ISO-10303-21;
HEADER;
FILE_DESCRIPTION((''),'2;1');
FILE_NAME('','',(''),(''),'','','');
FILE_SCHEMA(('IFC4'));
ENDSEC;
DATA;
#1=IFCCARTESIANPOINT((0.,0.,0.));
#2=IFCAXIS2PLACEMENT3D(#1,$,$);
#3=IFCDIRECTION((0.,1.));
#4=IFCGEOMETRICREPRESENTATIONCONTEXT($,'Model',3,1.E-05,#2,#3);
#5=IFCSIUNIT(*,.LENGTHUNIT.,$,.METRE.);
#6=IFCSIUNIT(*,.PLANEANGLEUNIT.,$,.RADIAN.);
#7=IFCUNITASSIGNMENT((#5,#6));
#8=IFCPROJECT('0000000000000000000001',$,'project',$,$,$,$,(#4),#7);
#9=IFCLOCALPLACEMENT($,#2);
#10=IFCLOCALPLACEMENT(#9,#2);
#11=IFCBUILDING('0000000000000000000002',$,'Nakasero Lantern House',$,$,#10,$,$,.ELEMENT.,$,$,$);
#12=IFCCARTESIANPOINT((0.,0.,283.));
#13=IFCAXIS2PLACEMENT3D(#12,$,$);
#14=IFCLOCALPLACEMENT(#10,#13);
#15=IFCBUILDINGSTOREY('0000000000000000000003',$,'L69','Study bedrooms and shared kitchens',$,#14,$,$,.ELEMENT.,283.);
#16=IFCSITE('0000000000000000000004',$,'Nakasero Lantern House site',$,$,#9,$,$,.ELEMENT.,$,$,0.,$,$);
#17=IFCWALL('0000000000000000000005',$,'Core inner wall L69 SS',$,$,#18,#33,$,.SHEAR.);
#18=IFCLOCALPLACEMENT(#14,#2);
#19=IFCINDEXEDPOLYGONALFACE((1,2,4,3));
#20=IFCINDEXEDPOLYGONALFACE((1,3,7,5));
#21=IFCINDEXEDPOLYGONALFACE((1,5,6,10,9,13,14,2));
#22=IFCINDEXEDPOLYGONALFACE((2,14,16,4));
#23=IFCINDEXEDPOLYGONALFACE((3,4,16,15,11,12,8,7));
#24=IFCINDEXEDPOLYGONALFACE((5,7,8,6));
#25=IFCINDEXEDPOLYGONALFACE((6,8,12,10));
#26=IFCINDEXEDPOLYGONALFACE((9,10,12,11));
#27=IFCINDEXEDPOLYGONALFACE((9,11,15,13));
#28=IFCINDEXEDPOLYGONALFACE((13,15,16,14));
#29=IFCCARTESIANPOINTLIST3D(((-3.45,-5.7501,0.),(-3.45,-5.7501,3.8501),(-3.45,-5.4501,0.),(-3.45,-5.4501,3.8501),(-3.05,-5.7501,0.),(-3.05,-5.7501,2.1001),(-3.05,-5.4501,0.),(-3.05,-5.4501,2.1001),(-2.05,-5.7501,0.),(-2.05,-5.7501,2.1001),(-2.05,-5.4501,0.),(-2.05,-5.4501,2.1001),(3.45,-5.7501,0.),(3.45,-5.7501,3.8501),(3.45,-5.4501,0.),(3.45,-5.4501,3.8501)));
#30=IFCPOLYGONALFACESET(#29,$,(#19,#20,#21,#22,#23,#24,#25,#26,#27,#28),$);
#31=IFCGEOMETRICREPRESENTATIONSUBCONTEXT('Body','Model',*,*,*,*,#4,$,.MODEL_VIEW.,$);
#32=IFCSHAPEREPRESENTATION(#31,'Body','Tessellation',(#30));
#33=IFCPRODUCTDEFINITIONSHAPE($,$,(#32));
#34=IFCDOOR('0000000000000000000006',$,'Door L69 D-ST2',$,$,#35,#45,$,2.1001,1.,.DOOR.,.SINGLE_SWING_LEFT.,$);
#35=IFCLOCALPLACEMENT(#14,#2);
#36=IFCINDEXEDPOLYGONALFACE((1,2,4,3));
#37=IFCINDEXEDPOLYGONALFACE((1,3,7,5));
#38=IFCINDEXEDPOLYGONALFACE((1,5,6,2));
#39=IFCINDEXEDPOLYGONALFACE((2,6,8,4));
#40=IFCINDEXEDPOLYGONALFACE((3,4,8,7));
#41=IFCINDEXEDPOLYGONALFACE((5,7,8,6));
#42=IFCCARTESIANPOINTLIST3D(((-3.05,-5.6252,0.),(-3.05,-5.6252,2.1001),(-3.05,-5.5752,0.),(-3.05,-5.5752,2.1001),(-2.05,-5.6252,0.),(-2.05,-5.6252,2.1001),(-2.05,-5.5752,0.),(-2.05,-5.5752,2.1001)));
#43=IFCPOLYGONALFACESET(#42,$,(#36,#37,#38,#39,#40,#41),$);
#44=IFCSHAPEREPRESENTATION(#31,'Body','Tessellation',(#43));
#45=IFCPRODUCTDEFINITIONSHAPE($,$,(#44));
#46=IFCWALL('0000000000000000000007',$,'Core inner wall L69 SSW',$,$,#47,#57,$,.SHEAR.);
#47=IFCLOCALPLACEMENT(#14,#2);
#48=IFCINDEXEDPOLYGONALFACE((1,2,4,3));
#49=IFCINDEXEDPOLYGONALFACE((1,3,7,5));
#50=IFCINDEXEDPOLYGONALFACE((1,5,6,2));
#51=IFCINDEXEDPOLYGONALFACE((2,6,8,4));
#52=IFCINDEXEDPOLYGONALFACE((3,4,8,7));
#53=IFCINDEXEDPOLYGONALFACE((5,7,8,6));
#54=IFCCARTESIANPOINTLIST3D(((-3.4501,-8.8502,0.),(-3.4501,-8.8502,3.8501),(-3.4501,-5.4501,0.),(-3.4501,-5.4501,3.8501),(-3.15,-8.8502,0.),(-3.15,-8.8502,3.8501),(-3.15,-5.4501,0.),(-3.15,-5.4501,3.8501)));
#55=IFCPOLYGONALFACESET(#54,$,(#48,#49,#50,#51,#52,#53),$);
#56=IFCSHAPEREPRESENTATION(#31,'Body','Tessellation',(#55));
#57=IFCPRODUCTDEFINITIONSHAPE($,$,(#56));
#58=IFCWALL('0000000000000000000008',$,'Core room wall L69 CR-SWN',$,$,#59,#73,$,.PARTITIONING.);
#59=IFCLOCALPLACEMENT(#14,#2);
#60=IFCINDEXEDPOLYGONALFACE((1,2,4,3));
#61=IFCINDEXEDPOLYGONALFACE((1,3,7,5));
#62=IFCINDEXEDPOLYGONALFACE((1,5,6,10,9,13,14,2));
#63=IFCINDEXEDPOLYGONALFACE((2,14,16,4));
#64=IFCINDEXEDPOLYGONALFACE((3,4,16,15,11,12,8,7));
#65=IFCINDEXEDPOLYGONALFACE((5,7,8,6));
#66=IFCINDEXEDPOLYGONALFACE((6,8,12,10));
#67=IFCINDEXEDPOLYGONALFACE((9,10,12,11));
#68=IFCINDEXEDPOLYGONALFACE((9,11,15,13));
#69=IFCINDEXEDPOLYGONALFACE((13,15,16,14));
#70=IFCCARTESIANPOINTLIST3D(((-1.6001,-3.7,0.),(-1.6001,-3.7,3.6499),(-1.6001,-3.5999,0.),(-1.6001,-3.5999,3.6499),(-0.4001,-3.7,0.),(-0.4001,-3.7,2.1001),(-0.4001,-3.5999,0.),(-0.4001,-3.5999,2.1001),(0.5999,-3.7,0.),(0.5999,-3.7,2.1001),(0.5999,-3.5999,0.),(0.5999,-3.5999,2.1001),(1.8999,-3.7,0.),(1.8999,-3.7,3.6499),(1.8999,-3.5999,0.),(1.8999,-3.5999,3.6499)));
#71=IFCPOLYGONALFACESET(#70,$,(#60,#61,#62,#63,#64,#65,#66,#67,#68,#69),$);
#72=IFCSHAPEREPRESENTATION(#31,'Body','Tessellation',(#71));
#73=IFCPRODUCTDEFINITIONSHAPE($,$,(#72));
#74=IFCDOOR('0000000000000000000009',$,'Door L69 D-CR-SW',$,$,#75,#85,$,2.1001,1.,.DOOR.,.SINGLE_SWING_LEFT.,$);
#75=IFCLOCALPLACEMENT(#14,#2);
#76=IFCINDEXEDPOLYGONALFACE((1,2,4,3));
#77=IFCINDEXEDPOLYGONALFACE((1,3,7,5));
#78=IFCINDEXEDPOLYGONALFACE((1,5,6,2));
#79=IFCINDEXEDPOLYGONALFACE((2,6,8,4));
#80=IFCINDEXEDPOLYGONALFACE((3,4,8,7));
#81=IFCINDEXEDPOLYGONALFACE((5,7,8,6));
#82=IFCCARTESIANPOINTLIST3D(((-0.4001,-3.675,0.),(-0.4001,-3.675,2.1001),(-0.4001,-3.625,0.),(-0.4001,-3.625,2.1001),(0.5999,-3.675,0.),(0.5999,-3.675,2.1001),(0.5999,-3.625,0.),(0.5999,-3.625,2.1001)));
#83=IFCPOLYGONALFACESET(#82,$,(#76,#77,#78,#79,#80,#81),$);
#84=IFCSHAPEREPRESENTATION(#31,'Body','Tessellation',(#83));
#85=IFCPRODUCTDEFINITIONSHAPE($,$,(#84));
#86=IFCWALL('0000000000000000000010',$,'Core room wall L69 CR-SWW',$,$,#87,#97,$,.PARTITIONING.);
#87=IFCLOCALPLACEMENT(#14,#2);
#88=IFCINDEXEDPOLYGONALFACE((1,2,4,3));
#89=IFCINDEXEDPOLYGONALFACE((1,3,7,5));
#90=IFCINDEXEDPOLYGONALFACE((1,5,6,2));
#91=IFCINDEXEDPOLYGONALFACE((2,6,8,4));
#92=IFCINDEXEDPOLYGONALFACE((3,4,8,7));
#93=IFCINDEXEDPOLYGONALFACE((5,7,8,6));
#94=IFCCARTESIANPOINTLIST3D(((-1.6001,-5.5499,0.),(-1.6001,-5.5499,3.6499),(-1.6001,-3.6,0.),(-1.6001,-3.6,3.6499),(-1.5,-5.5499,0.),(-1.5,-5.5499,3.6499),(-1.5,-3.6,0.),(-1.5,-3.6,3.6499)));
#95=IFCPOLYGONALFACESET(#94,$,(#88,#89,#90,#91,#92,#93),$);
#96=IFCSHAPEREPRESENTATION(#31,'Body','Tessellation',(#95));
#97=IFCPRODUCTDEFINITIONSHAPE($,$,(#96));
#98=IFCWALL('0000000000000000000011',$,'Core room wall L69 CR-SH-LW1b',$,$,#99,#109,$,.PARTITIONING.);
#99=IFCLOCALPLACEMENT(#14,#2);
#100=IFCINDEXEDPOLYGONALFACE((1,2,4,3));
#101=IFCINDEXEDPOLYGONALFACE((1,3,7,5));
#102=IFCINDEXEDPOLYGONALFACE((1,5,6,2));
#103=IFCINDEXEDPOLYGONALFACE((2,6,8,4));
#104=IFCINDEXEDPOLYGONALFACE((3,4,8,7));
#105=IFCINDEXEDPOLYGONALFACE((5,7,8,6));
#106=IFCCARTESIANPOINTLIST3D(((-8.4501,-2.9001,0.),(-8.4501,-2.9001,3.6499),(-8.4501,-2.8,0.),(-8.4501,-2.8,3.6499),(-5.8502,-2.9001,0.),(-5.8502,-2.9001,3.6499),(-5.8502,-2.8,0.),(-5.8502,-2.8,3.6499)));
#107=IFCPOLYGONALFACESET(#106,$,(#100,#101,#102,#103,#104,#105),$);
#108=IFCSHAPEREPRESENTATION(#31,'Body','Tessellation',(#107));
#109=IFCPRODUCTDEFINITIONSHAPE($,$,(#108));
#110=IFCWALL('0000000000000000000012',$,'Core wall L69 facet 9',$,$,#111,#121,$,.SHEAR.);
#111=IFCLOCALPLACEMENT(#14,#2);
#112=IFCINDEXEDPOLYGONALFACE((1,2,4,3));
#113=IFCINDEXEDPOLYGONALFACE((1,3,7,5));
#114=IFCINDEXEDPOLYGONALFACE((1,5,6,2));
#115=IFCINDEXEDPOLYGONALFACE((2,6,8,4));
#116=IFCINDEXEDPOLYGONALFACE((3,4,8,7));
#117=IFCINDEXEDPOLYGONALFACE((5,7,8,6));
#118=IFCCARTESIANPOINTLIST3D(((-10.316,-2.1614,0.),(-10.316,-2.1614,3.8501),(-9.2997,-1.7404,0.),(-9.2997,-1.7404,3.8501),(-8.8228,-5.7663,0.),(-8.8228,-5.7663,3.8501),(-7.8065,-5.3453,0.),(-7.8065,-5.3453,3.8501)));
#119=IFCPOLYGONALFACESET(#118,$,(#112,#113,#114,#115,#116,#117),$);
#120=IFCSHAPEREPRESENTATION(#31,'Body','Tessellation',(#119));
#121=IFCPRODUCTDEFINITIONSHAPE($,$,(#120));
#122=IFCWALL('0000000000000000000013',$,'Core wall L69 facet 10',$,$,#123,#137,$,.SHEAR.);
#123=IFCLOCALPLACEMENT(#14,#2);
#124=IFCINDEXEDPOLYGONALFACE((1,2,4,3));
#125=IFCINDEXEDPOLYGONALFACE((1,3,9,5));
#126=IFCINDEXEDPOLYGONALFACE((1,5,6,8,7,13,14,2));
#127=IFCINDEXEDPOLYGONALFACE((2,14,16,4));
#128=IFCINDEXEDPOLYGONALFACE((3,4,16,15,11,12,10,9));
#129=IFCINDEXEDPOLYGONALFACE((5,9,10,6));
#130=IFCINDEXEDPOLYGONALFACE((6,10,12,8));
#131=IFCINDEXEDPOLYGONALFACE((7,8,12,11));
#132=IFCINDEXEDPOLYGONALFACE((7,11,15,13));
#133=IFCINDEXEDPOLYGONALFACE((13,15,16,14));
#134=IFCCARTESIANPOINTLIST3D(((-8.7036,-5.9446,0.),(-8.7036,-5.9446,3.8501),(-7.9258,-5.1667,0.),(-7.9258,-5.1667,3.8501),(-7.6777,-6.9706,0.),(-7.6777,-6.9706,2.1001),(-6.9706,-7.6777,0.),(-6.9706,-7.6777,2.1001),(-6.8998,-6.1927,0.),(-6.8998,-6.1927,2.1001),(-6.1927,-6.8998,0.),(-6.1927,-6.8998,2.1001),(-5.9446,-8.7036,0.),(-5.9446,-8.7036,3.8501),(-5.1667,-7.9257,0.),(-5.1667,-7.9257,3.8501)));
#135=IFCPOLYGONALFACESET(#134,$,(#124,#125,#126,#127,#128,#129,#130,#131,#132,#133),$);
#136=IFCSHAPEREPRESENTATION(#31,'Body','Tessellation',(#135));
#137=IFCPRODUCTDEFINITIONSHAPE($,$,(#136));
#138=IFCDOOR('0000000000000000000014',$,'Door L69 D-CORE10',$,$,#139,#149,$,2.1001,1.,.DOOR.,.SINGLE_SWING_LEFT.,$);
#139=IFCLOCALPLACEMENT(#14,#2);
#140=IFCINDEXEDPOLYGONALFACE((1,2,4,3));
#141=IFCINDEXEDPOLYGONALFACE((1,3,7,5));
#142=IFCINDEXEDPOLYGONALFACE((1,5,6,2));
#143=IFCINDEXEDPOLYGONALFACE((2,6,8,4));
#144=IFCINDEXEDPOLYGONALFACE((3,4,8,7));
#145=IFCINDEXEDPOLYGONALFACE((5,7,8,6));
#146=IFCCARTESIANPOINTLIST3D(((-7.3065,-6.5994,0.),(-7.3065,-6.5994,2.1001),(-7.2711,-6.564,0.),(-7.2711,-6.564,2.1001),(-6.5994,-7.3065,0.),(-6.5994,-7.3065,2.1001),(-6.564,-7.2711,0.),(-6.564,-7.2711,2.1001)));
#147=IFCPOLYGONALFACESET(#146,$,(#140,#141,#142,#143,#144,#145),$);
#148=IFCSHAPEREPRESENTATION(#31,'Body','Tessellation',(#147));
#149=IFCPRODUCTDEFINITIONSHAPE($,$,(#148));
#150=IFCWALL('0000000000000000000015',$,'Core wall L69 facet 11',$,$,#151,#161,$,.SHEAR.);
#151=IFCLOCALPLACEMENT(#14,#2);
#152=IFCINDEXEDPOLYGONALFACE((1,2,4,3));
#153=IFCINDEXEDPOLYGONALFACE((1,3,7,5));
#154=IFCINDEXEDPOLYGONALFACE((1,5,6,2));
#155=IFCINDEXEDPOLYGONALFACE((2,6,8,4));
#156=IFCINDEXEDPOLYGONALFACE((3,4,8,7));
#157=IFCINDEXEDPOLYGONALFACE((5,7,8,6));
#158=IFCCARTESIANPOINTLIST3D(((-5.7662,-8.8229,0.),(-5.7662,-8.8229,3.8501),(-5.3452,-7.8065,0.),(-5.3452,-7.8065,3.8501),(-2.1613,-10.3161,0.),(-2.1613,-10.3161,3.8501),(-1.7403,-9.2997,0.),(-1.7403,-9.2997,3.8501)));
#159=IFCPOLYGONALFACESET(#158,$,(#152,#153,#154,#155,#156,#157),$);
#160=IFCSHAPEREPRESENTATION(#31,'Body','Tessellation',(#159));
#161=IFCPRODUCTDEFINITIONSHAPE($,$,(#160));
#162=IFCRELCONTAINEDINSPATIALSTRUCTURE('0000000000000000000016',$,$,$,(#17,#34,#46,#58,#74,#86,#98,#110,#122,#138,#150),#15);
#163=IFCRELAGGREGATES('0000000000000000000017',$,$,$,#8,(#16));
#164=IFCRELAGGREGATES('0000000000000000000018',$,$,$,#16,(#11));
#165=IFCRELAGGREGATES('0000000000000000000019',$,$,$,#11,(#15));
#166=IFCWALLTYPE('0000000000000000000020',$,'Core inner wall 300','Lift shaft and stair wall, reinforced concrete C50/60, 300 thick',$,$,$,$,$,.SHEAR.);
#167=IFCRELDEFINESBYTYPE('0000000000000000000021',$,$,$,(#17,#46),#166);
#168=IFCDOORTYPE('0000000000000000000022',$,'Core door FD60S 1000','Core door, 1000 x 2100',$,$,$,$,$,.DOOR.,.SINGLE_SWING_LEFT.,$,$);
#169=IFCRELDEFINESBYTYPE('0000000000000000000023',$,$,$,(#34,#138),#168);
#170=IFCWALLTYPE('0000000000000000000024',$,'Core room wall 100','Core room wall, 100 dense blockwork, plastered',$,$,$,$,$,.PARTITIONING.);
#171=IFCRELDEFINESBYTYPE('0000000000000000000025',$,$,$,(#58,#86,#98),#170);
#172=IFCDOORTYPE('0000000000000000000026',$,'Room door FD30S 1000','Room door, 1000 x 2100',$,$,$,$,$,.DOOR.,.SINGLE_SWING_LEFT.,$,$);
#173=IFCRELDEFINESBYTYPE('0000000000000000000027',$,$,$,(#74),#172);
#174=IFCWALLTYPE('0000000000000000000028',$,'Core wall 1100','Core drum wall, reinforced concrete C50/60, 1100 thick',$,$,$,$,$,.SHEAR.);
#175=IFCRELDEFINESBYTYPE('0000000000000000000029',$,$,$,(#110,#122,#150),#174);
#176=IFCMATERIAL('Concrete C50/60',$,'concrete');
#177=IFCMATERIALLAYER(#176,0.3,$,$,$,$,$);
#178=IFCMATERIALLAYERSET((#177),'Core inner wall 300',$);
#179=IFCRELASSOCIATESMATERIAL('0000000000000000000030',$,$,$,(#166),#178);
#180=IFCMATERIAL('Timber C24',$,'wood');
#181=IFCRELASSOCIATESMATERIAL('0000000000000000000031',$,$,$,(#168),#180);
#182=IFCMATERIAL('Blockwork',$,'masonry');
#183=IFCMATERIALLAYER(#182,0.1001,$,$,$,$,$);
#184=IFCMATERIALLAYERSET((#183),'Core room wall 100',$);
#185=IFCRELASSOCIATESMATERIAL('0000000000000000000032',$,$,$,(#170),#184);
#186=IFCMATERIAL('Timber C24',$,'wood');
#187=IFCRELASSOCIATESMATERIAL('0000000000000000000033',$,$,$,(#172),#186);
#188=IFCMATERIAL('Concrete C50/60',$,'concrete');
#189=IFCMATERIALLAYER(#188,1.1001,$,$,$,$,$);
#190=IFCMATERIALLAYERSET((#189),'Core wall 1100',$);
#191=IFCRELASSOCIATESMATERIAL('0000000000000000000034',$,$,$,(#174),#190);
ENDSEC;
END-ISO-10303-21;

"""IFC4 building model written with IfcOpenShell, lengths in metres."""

from ifc_helpers import new_model, si_unit, direction, frame, frame_2d, origin, place, context, subcontext, project, spatial, rectangle, extrude, material, layer, layer_set, type_object, element, fill, save


model = new_model("IFC4")

# Units and contexts
model_context = context("Model", 3, precision=1e-05, world=origin(), true_north=direction((0.0, 1.0)))
body_context = subcontext(model_context, "Body", "Model", "MODEL_VIEW")
ifc_project = project(units=[si_unit("LENGTHUNIT", "METRE"), si_unit("PLANEANGLEUNIT", "RADIAN")], contexts=[model_context])

# Site, building, storey
site_placement = place(None, origin())
site = spatial("IfcSite", under=ifc_project, at=site_placement, Name="Nakasero Lantern House site", CompositionType="ELEMENT", RefElevation=0.0)
building_placement = place(site_placement, origin())
building = spatial("IfcBuilding", under=site, at=building_placement, Name="Nakasero Lantern House", CompositionType="ELEMENT")
storey_placement = place(building_placement, frame((0.0, 0.0, 283.0)))
storey = spatial("IfcBuildingStorey", under=building, at=storey_placement, Name="L69", Description="Study bedrooms and shared kitchens", CompositionType="ELEMENT", Elevation=283.0)

# Shared definitions
ifc_material_1 = material(Name="Concrete C50/60", Category="concrete")
ifc_layer_1 = layer(ifc_material_1, 0.3)
ifc_layer_set_1 = layer_set([ifc_layer_1], Name="Core inner wall 300")
wall_type_1 = type_object("IfcWallType", Name="Core inner wall 300", Description="Lift shaft and stair wall, reinforced concrete C50/60, 300 thick", PredefinedType="SHEAR", material=ifc_layer_set_1)

# Wall, opening, door
wall_1_placement = place(storey_placement, frame((-3.45, -5.6001, 0.0), z_axis=(0.0, 0.0, 1.0), x_axis=(1.0, 0.0, 0.0)))
wall_1 = element("IfcWall", 1, at=wall_1_placement, inside=storey, type_object=wall_type_1, Name="Core inner wall L69 SS", PredefinedType="SHEAR", context=body_context, shape_type="SweptSolid", body=[
    extrude(rectangle(XDim=6.8999, YDim=0.3, at=frame_2d((3.45, 0.0))), origin(), (0.0, 0.0, 1.0), 3.8501),
])
opening_1_placement = place(wall_1_placement, frame((0.3999, 0.0, 0.0)))
opening_1 = element("IfcOpeningElement", 2, at=opening_1_placement, cuts=wall_1, PredefinedType="OPENING", context=body_context, shape_type="SweptSolid", body=[
    extrude(rectangle(XDim=1.0, YDim=2.1001, at=frame_2d((0.5, 1.05))), frame((0.0, 0.1699, 0.0), z_axis=(0.0, -1.0, 0.0), x_axis=(1.0, 0.0, 0.0)), (0.0, 0.0, 1.0), 0.3401),
])
ifc_material_2 = material(Name="Timber C24", Category="wood")
door_type_1 = type_object("IfcDoorType", Name="Core door FD60S 1000", Description="Core door, 1000 x 2100", OperationType="SINGLE_SWING_LEFT", PredefinedType="DOOR", material=ifc_material_2)
door_1_placement = place(opening_1_placement, origin())
door_1 = element("IfcDoor", 3, at=door_1_placement, inside=storey, type_object=door_type_1, Name="Door L69 D-ST2", OperationType="SINGLE_SWING_LEFT", OverallHeight=2.1001, OverallWidth=1.0, PredefinedType="DOOR", context=body_context, shape_type="SweptSolid", body=[
    extrude(rectangle(XDim=1.0, YDim=2.1001, at=frame_2d((0.5, 1.05))), frame((0.0, 0.0249, 0.0), z_axis=(0.0, -1.0, 0.0), x_axis=(1.0, 0.0, 0.0)), (0.0, 0.0, 1.0), 0.05),
])
fill(opening_1, door_1)

# Wall
wall_2_placement = place(storey_placement, frame((-3.3, -5.45, 0.0), z_axis=(0.0, 0.0, 1.0), x_axis=(0.0, -1.0, 0.0)))
element("IfcWall", 4, at=wall_2_placement, inside=storey, type_object=wall_type_1, Name="Core inner wall L69 SSW", PredefinedType="SHEAR", context=body_context, shape_type="SweptSolid", body=[
    extrude(rectangle(XDim=3.4001, YDim=0.3, at=frame_2d((1.7002, 0.0))), origin(), (0.0, 0.0, 1.0), 3.8501),
])

# Wall, opening, door
ifc_material_3 = material(Name="Blockwork", Category="masonry")
ifc_layer_2 = layer(ifc_material_3, 0.1001)
ifc_layer_set_2 = layer_set([ifc_layer_2], Name="Core room wall 100")
wall_type_2 = type_object("IfcWallType", Name="Core room wall 100", Description="Core room wall, 100 dense blockwork, plastered", PredefinedType="PARTITIONING", material=ifc_layer_set_2)
wall_3_placement = place(storey_placement, frame((-1.6001, -3.6499, 0.0), z_axis=(0.0, 0.0, 1.0), x_axis=(1.0, 0.0, 0.0)))
wall_3 = element("IfcWall", 5, at=wall_3_placement, inside=storey, type_object=wall_type_2, Name="Core room wall L69 CR-SWN", PredefinedType="PARTITIONING", context=body_context, shape_type="SweptSolid", body=[
    extrude(rectangle(XDim=3.5, YDim=0.1001, at=frame_2d((1.75, 0.0))), origin(), (0.0, 0.0, 1.0), 3.6499),
])
opening_2_placement = place(wall_3_placement, frame((1.2, 0.0, 0.0)))
opening_2 = element("IfcOpeningElement", 6, at=opening_2_placement, cuts=wall_3, PredefinedType="OPENING", context=body_context, shape_type="SweptSolid", body=[
    extrude(rectangle(XDim=1.0, YDim=2.1001, at=frame_2d((0.5, 1.05))), frame((0.0, 0.0701, 0.0), z_axis=(0.0, -1.0, 0.0), x_axis=(1.0, 0.0, 0.0)), (0.0, 0.0, 1.0), 0.1401),
])
ifc_material_4 = material(Name="Timber C24", Category="wood")
door_type_2 = type_object("IfcDoorType", Name="Room door FD30S 1000", Description="Room door, 1000 x 2100", OperationType="SINGLE_SWING_LEFT", PredefinedType="DOOR", material=ifc_material_4)
door_2_placement = place(opening_2_placement, origin())
door_2 = element("IfcDoor", 7, at=door_2_placement, inside=storey, type_object=door_type_2, Name="Door L69 D-CR-SW", OperationType="SINGLE_SWING_LEFT", OverallHeight=2.1001, OverallWidth=1.0, PredefinedType="DOOR", context=body_context, shape_type="SweptSolid", body=[
    extrude(rectangle(XDim=1.0, YDim=2.1001, at=frame_2d((0.5, 1.05))), frame((0.0, 0.0249, 0.0), z_axis=(0.0, -1.0, 0.0), x_axis=(1.0, 0.0, 0.0)), (0.0, 0.0, 1.0), 0.05),
])
fill(opening_2, door_2)

# Walls
wall_4_placement = place(storey_placement, frame((-1.55, -5.55, 0.0), z_axis=(0.0, 0.0, 1.0), x_axis=(0.0, 1.0, 0.0)))
element("IfcWall", 8, at=wall_4_placement, inside=storey, type_object=wall_type_2, Name="Core room wall L69 CR-SWW", PredefinedType="PARTITIONING", context=body_context, shape_type="SweptSolid", body=[
    extrude(rectangle(XDim=1.95, YDim=0.1001, at=frame_2d((0.9751, 0.0))), origin(), (0.0, 0.0, 1.0), 3.6499),
])
wall_5_placement = place(storey_placement, frame((-8.45, -2.8501, 0.0), z_axis=(0.0, 0.0, 1.0), x_axis=(1.0, 0.0, 0.0)))
element("IfcWall", 9, at=wall_5_placement, inside=storey, type_object=wall_type_2, Name="Core room wall L69 CR-SH-LW1b", PredefinedType="PARTITIONING", context=body_context, shape_type="SweptSolid", body=[
    extrude(rectangle(XDim=2.5999, YDim=0.1001, at=frame_2d((1.2998, 0.0))), origin(), (0.0, 0.0, 1.0), 3.6499),
])
ifc_material_5 = material(Name="Concrete C50/60", Category="concrete")
ifc_layer_3 = layer(ifc_material_5, 1.1001)
ifc_layer_set_3 = layer_set([ifc_layer_3], Name="Core wall 1100")
wall_type_3 = type_object("IfcWallType", Name="Core wall 1100", Description="Core drum wall, reinforced concrete C50/60, 1100 thick", PredefinedType="SHEAR", material=ifc_layer_set_3)
wall_6_placement = place(storey_placement, frame((-9.8079, -1.9509, 0.0), z_axis=(0.0, 0.0, 1.0), x_axis=(0.382691, -0.923877, 0.0)))
element("IfcWall", 10, at=wall_6_placement, inside=storey, type_object=wall_type_3, Name="Core wall L69 facet 9", PredefinedType="SHEAR", context=body_context, shape_type="SweptSolid", body=[
    extrude(rectangle(XDim=3.9019, YDim=1.1001, at=frame_2d((1.9509, 0.0))), origin(), (0.0, 0.0, 1.0), 3.8501),
])

# Wall, opening, door
wall_7_placement = place(storey_placement, frame((-8.3147, -5.5557, 0.0), z_axis=(0.0, 0.0, 1.0), x_axis=(0.707107, -0.707107, 0.0)))
wall_7 = element("IfcWall", 11, at=wall_7_placement, inside=storey, type_object=wall_type_3, Name="Core wall L69 facet 10", PredefinedType="SHEAR", context=body_context, shape_type="SweptSolid", body=[
    extrude(rectangle(XDim=3.9019, YDim=1.1001, at=frame_2d((1.9509, 0.0))), origin(), (0.0, 0.0, 1.0), 3.8501),
])
opening_3_placement = place(wall_7_placement, frame((1.4509, 0.0, 0.0)))
opening_3 = element("IfcOpeningElement", 12, at=opening_3_placement, cuts=wall_7, PredefinedType="OPENING", context=body_context, shape_type="SweptSolid", body=[
    extrude(rectangle(XDim=1.0, YDim=2.1001, at=frame_2d((0.5, 1.05))), frame((0.0, 0.5701, 0.0), z_axis=(0.0, -1.0, 0.0), x_axis=(1.0, 0.0, 0.0)), (0.0, 0.0, 1.0), 1.1401),
])
door_3_placement = place(opening_3_placement, origin())
door_3 = element("IfcDoor", 13, at=door_3_placement, inside=storey, type_object=door_type_1, Name="Door L69 D-CORE10", OperationType="SINGLE_SWING_LEFT", OverallHeight=2.1001, OverallWidth=1.0, PredefinedType="DOOR", context=body_context, shape_type="SweptSolid", body=[
    extrude(rectangle(XDim=1.0, YDim=2.1001, at=frame_2d((0.5, 1.05))), frame((0.0, 0.0249, 0.0), z_axis=(0.0, -1.0, 0.0), x_axis=(1.0, 0.0, 0.0)), (0.0, 0.0, 1.0), 0.05),
])
fill(opening_3, door_3)

# Wall
wall_8_placement = place(storey_placement, frame((-5.5557, -8.3147, 0.0), z_axis=(0.0, 0.0, 1.0), x_axis=(0.923877, -0.382691, 0.0)))
element("IfcWall", 14, at=wall_8_placement, inside=storey, type_object=wall_type_3, Name="Core wall L69 facet 11", PredefinedType="SHEAR", context=body_context, shape_type="SweptSolid", body=[
    extrude(rectangle(XDim=3.9019, YDim=1.1001, at=frame_2d((1.9509, 0.0))), origin(), (0.0, 0.0, 1.0), 3.8501),
])

save(model, "model.ifc")
